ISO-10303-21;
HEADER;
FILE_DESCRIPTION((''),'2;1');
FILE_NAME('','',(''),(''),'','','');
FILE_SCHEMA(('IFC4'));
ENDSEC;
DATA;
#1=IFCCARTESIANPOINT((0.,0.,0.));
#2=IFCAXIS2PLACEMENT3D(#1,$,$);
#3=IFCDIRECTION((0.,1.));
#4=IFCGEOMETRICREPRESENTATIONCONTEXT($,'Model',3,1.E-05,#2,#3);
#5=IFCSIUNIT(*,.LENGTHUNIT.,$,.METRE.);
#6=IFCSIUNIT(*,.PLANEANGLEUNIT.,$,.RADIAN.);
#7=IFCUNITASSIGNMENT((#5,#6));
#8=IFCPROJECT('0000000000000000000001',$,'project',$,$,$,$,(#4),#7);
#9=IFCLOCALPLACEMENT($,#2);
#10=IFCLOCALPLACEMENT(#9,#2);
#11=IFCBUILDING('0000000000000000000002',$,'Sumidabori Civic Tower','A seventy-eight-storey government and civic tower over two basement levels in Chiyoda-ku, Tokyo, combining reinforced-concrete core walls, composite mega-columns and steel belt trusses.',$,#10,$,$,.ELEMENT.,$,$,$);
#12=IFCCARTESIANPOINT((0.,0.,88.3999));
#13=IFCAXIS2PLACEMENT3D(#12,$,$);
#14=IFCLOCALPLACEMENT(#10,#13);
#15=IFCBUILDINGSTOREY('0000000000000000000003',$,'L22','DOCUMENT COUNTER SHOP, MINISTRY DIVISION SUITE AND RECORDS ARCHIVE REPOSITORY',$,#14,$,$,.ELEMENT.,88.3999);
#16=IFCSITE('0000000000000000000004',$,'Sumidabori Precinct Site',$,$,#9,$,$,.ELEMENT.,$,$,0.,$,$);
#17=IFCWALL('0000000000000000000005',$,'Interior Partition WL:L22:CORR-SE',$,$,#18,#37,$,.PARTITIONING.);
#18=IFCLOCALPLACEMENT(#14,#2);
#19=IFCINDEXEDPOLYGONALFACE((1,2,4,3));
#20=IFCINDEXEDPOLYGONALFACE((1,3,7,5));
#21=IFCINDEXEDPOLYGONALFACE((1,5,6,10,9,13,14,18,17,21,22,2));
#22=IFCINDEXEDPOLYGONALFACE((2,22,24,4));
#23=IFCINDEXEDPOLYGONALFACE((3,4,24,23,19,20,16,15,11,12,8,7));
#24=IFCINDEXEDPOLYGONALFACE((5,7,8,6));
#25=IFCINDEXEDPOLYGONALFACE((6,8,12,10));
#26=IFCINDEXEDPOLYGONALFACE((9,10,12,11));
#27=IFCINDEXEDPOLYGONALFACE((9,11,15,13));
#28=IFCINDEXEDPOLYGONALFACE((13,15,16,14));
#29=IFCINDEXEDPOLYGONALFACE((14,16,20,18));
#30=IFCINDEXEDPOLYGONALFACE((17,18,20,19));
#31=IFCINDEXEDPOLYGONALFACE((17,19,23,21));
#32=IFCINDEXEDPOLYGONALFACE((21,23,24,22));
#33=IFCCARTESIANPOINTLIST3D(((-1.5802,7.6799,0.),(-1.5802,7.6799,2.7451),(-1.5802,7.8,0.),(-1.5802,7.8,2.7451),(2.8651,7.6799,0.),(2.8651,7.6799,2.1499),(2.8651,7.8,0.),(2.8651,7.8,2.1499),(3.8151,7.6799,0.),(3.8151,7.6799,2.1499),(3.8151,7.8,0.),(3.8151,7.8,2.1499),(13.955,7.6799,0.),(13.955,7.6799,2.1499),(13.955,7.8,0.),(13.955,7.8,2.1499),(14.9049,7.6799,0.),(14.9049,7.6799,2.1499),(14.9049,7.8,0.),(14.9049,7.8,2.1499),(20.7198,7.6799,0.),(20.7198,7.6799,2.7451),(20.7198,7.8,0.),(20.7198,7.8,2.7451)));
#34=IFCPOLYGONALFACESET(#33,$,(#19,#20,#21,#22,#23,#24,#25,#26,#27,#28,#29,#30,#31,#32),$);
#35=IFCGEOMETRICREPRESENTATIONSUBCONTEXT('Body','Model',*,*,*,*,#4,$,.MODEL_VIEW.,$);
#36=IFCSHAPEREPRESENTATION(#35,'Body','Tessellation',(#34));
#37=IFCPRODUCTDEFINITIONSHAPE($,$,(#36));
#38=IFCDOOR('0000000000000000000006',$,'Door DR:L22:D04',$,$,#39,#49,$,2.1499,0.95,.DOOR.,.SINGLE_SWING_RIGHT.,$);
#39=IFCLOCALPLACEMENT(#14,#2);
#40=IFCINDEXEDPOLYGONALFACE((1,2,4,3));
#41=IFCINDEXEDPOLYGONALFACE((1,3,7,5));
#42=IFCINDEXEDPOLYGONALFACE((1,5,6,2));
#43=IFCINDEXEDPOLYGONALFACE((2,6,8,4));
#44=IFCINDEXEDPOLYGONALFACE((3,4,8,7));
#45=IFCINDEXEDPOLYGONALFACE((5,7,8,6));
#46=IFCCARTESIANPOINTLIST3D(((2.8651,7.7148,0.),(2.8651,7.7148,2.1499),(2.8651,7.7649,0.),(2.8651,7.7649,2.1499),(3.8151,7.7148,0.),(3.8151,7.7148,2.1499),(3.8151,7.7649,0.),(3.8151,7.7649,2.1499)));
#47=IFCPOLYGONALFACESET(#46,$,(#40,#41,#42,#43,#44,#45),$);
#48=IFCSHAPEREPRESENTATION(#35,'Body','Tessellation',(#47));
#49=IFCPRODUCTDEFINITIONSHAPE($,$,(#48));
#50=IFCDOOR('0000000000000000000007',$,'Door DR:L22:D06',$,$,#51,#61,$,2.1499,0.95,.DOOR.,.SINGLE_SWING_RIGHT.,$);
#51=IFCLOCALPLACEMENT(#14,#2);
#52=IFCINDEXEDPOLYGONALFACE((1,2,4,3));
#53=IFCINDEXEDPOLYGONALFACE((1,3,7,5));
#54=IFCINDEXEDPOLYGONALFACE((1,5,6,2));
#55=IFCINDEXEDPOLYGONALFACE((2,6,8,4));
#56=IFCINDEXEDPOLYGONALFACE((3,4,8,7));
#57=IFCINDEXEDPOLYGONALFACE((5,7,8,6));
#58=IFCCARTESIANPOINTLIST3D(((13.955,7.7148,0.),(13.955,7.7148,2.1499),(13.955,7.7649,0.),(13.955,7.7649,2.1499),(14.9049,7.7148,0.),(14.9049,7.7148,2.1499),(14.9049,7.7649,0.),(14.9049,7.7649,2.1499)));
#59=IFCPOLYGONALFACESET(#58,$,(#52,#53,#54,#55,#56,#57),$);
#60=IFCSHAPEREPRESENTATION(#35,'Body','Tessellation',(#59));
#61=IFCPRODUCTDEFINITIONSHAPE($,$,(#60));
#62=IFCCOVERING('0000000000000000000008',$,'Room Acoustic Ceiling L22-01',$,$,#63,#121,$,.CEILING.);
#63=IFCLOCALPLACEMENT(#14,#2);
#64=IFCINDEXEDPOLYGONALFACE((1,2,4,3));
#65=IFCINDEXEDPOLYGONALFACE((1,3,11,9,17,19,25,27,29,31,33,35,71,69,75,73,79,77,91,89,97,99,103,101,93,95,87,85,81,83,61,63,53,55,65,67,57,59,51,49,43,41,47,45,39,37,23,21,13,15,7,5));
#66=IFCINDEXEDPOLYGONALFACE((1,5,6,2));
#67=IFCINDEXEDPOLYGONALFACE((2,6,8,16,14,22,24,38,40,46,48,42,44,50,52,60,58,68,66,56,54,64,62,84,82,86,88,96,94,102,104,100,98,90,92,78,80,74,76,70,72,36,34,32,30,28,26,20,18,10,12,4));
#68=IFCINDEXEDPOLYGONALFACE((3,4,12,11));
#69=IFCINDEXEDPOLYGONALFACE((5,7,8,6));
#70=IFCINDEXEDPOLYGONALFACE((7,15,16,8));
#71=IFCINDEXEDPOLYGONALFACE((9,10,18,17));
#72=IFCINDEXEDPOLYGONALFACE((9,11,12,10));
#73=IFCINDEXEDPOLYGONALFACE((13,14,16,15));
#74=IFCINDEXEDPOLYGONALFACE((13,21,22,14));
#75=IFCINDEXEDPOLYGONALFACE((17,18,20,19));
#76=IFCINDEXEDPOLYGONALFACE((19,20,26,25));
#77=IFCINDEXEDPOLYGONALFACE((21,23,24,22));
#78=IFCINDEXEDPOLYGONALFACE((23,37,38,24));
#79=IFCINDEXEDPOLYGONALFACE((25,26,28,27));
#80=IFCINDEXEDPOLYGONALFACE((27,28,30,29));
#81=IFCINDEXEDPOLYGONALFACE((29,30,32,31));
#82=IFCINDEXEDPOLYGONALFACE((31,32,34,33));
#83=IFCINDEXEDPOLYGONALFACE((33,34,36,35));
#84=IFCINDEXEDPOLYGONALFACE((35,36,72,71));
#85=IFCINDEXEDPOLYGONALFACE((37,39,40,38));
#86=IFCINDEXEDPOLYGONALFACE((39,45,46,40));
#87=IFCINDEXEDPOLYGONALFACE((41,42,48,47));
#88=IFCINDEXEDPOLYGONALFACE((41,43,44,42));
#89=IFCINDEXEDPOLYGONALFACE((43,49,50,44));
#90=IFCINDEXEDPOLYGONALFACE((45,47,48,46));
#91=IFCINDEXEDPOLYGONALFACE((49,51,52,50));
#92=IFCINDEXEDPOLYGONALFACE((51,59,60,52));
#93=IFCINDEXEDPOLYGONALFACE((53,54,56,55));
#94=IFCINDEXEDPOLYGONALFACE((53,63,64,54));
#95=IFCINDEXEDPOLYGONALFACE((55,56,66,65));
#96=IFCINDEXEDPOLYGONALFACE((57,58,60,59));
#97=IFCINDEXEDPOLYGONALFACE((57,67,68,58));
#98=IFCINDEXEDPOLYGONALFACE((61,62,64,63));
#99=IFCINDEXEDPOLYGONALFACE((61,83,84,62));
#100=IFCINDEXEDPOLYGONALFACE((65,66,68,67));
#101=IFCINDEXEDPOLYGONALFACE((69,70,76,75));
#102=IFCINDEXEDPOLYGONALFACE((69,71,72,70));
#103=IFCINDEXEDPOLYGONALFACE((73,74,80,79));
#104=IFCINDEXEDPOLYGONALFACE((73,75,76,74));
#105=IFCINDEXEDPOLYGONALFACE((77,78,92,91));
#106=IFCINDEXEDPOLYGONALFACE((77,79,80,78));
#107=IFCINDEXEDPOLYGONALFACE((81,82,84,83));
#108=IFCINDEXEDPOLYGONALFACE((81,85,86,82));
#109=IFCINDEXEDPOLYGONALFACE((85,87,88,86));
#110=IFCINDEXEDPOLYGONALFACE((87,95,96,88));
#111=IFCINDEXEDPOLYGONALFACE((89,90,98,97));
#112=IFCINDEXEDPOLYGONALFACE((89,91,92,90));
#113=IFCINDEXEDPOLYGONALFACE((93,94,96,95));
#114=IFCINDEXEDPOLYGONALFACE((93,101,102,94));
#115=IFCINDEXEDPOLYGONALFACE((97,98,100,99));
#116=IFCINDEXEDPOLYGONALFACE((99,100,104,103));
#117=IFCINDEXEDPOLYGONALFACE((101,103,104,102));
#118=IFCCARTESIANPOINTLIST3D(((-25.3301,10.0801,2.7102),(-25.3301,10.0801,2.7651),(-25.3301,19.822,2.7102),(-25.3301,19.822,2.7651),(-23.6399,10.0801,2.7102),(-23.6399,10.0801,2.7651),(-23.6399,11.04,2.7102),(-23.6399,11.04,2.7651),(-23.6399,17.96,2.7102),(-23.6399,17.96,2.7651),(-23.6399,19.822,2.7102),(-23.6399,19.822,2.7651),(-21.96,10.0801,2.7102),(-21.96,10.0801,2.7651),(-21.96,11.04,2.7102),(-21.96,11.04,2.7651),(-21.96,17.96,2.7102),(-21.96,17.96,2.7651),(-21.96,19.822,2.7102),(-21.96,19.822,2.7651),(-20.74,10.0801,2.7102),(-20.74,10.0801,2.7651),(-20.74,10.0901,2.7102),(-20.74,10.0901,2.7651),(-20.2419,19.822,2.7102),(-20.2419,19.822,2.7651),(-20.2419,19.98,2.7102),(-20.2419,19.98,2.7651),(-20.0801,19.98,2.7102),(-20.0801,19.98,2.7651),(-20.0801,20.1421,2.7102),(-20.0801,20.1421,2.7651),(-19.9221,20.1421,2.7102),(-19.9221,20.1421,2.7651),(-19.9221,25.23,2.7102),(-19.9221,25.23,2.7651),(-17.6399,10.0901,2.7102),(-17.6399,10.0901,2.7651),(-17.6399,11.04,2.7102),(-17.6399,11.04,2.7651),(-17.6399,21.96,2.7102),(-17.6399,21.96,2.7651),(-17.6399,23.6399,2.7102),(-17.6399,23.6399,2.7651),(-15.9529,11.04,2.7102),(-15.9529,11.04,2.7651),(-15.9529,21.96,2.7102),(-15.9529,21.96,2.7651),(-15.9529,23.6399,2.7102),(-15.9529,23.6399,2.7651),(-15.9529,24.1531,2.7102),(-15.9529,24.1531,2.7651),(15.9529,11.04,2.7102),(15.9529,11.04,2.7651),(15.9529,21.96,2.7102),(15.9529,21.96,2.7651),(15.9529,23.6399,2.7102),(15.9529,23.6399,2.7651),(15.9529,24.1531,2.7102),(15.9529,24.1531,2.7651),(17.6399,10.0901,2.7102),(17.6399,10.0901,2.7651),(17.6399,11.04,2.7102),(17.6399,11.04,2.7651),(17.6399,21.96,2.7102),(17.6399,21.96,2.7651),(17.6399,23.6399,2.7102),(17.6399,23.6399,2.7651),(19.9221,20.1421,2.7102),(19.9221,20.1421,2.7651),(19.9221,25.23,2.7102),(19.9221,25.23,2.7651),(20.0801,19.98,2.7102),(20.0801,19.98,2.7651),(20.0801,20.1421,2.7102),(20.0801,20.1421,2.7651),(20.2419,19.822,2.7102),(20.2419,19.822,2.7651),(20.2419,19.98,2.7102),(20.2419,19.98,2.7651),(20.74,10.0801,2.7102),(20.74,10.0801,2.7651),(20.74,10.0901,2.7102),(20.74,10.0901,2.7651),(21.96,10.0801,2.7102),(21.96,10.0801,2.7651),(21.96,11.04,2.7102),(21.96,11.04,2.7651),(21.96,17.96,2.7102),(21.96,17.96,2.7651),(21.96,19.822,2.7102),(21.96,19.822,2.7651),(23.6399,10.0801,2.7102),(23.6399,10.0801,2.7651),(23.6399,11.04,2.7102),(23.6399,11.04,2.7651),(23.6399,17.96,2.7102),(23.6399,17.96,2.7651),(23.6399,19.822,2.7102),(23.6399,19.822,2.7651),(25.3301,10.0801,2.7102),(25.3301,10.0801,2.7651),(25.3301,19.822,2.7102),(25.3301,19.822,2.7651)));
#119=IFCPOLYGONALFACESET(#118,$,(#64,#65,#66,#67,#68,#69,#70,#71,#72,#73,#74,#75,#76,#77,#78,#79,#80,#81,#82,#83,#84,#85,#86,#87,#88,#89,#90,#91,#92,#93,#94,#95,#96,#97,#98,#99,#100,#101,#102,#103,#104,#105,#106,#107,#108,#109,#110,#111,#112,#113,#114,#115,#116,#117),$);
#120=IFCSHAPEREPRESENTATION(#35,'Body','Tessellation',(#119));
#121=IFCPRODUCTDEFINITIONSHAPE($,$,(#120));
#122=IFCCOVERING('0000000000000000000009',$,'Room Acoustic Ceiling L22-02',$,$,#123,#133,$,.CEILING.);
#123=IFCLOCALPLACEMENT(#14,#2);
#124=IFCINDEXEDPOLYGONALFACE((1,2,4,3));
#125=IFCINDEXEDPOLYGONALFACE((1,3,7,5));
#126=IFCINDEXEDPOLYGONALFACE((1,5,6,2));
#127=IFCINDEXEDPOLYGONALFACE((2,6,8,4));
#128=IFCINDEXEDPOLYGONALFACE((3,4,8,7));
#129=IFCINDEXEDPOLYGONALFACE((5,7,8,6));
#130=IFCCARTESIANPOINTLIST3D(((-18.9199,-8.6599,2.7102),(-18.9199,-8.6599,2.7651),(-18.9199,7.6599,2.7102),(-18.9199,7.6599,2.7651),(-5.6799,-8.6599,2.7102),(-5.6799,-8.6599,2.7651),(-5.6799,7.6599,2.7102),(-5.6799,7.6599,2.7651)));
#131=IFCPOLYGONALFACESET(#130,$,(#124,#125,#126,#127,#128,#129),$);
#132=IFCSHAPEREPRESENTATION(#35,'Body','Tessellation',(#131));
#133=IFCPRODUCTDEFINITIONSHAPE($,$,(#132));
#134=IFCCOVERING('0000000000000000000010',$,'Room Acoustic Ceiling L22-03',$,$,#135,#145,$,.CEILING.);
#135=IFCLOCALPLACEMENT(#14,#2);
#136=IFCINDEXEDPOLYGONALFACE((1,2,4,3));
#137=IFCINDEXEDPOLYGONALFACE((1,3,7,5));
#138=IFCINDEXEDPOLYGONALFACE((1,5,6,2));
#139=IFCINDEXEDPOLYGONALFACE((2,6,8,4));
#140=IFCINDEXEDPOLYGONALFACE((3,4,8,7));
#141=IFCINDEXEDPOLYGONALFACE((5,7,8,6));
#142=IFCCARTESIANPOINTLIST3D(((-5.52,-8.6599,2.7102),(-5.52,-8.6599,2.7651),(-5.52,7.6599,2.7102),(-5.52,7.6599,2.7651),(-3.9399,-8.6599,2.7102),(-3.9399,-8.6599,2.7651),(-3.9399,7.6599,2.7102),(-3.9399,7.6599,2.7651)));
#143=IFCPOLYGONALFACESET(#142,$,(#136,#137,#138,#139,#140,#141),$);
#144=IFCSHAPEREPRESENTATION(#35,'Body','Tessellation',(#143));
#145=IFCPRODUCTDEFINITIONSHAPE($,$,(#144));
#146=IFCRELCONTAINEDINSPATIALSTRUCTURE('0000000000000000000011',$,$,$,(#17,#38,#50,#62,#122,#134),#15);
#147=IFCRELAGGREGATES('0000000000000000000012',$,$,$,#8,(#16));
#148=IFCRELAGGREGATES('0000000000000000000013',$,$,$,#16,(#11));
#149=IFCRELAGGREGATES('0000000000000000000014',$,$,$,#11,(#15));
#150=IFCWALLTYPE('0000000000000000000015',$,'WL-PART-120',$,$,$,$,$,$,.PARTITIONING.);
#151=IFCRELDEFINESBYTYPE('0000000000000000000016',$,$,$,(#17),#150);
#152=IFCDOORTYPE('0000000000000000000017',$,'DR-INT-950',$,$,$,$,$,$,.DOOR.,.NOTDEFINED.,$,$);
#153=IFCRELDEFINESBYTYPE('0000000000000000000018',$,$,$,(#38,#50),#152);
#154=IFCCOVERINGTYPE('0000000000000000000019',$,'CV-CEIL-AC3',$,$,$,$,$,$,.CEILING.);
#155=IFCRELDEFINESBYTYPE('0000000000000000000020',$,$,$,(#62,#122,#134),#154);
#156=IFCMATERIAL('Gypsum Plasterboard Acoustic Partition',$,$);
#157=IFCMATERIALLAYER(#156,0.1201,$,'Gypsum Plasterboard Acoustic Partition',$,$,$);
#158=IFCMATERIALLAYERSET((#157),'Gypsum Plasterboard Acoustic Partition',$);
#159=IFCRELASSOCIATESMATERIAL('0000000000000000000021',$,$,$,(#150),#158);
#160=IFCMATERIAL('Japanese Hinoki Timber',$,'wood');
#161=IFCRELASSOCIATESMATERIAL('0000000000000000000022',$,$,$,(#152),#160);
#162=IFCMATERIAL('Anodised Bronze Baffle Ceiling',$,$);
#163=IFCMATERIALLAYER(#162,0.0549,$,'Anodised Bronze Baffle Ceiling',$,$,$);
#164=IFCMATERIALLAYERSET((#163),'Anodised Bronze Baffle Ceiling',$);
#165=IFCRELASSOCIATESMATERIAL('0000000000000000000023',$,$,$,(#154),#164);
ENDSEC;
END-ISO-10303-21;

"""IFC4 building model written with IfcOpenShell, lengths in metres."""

from ifc_helpers import new_model, si_unit, direction, frame, frame_2d, origin, place, context, subcontext, project, spatial, polyline, rectangle, outline, extrude, source, transform, mapped, material, layer, layer_set, type_object, element, fill, save


model = new_model("IFC4")

# Units and contexts
model_context = context("Model", 3, precision=1e-05, world=origin(), true_north=direction((0.0, 1.0)))
body_context = subcontext(model_context, "Body", "Model", "MODEL_VIEW")
ifc_project = project(units=[si_unit("LENGTHUNIT", "METRE"), si_unit("PLANEANGLEUNIT", "RADIAN")], contexts=[model_context])

# Site, building, storey
site_placement = place(None, origin())
site = spatial("IfcSite", under=ifc_project, at=site_placement, Name="Sumidabori Precinct Site", CompositionType="ELEMENT", RefElevation=0.0)
building_placement = place(site_placement, origin())
building = spatial("IfcBuilding", under=site, at=building_placement, Name="Sumidabori Civic Tower", Description="A seventy-eight-storey government and civic tower over two basement levels in Chiyoda-ku, Tokyo, combining reinforced-concrete core walls, composite mega-columns and steel belt trusses.", CompositionType="ELEMENT")
storey_placement = place(building_placement, frame((0.0, 0.0, 88.3999)))
storey = spatial("IfcBuildingStorey", under=building, at=storey_placement, Name="L22", Description="DOCUMENT COUNTER SHOP, MINISTRY DIVISION SUITE AND RECORDS ARCHIVE REPOSITORY", CompositionType="ELEMENT", Elevation=88.3999)

# Shared definitions
ifc_material_1 = material(Name="Japanese Hinoki Timber", Category="wood")

# Wall, openings, doors
ifc_material_2 = material(Name="Gypsum Plasterboard Acoustic Partition")
ifc_layer_1 = layer(ifc_material_2, 0.1201, Name="Gypsum Plasterboard Acoustic Partition")
ifc_layer_set_1 = layer_set([ifc_layer_1], Name="Gypsum Plasterboard Acoustic Partition")
wall_type_1 = type_object("IfcWallType", Name="WL-PART-120", PredefinedType="PARTITIONING", material=ifc_layer_set_1)
shared_shape_1 = source(origin(), body_context, "Body", "SweptSolid", [
    extrude(rectangle(XDim=22.3, YDim=0.1201, at=frame_2d((11.1499, 0.0))), origin(), (0.0, 0.0, 1.0), 2.7451),
])
wall_1_placement = place(storey_placement, frame((-1.5801, 7.74, 0.0), z_axis=(0.0, 0.0, 1.0), x_axis=(1.0, 0.0, 0.0)))
wall_1 = element("IfcWall", 1, at=wall_1_placement, inside=storey, type_object=wall_type_1, Name="Interior Partition WL:L22:CORR-SE", PredefinedType="PARTITIONING", context=body_context, shape_type="MappedRepresentation", body=[
    mapped(shared_shape_1, transform((0.0, 0.0, 0.0), x_axis=(1.0, 0.0, 0.0), y_axis=(0.0, 1.0, 0.0), z_axis=(0.0, 0.0, 1.0), scale=1.0)),
])
opening_1_placement = place(wall_1_placement, frame((4.4451, 0.0, 0.0)))
opening_1 = element("IfcOpeningElement", 2, at=opening_1_placement, cuts=wall_1, PredefinedType="OPENING", context=body_context, shape_type="SweptSolid", body=[
    extrude(rectangle(XDim=0.95, YDim=2.1499, at=frame_2d((0.4751, 1.075))), frame((0.0, 0.072, 0.0), z_axis=(0.0, -1.0, 0.0), x_axis=(1.0, 0.0, 0.0)), (0.0, 0.0, 1.0), 0.144),
])
opening_2_placement = place(wall_1_placement, frame((15.5349, 0.0, 0.0)))
opening_2 = element("IfcOpeningElement", 3, at=opening_2_placement, cuts=wall_1, PredefinedType="OPENING", context=body_context, shape_type="SweptSolid", body=[
    extrude(rectangle(XDim=0.95, YDim=2.1499, at=frame_2d((0.4751, 1.075))), frame((0.0, 0.072, 0.0), z_axis=(0.0, -1.0, 0.0), x_axis=(1.0, 0.0, 0.0)), (0.0, 0.0, 1.0), 0.144),
])
door_type_1 = type_object("IfcDoorType", Name="DR-INT-950", OperationType="NOTDEFINED", PredefinedType="DOOR", material=ifc_material_1)
shared_shape_2 = source(origin(), body_context, "Body", "SweptSolid", [
    extrude(rectangle(XDim=0.95, YDim=2.1499, at=frame_2d((0.4751, 1.075))), frame((0.0, 0.0249, 0.0), z_axis=(0.0, -1.0, 0.0), x_axis=(1.0, 0.0, 0.0)), (0.0, 0.0, 1.0), 0.05),
])
door_1_placement = place(opening_1_placement, origin())
door_1 = element("IfcDoor", 4, at=door_1_placement, inside=storey, type_object=door_type_1, Name="Door DR:L22:D04", OperationType="SINGLE_SWING_RIGHT", OverallHeight=2.1499, OverallWidth=0.95, PredefinedType="DOOR", context=body_context, shape_type="MappedRepresentation", body=[
    mapped(shared_shape_2, transform((0.0, 0.0, 0.0), x_axis=(1.0, 0.0, 0.0), y_axis=(0.0, 1.0, 0.0), z_axis=(0.0, 0.0, 1.0), scale=1.0)),
])
fill(opening_1, door_1)
door_2_placement = place(opening_2_placement, origin())
door_2 = element("IfcDoor", 5, at=door_2_placement, inside=storey, type_object=door_type_1, Name="Door DR:L22:D06", OperationType="SINGLE_SWING_RIGHT", OverallHeight=2.1499, OverallWidth=0.95, PredefinedType="DOOR", context=body_context, shape_type="MappedRepresentation", body=[
    mapped(shared_shape_2, transform((0.0, 0.0, 0.0), x_axis=(1.0, 0.0, 0.0), y_axis=(0.0, 1.0, 0.0), z_axis=(0.0, 0.0, 1.0), scale=1.0)),
])
fill(opening_2, door_2)

# Coverings
ifc_material_3 = material(Name="Anodised Bronze Baffle Ceiling")
ifc_layer_2 = layer(ifc_material_3, 0.0549, Name="Anodised Bronze Baffle Ceiling")
ifc_layer_set_2 = layer_set([ifc_layer_2], Name="Anodised Bronze Baffle Ceiling")
covering_type_1 = type_object("IfcCoveringType", Name="CV-CEIL-AC3", PredefinedType="CEILING", material=ifc_layer_set_2)
covering_1_placement = place(storey_placement, frame((0.0, 0.0, 2.7102)))
element("IfcCovering", 6, at=covering_1_placement, inside=storey, type_object=covering_type_1, Name="Room Acoustic Ceiling L22-01", PredefinedType="CEILING", context=body_context, shape_type="SweptSolid", body=[
    extrude(outline(polyline([(-25.3301, 10.0801), (-25.3301, 19.822), (-23.6399, 19.822), (-23.6399, 17.96), (-21.96, 17.96), (-21.96, 19.822), (-20.2419, 19.822), (-20.2419, 19.98), (-20.0801, 19.98), (-20.0801, 20.1421), (-19.9221, 20.1421), (-19.9221, 25.23), (19.9221, 25.23), (19.9221, 20.1421), (20.0801, 20.1421), (20.0801, 19.98), (20.2419, 19.98), (20.2419, 19.822), (21.96, 19.822), (21.96, 17.96), (23.6399, 17.96), (23.6399, 19.822), (25.3301, 19.822), (25.3301, 10.0801), (23.6399, 10.0801), (23.6399, 11.04), (21.96, 11.04), (21.96, 10.0801), (20.74, 10.0801), (20.74, 10.0901), (17.6399, 10.0901), (17.6399, 11.04), (15.9529, 11.04), (15.9529, 21.96), (17.6399, 21.96), (17.6399, 23.6399), (15.9529, 23.6399), (15.9529, 24.1531), (-15.9529, 24.1531), (-15.9529, 23.6399), (-17.6399, 23.6399), (-17.6399, 21.96), (-15.9529, 21.96), (-15.9529, 11.04), (-17.6399, 11.04), (-17.6399, 10.0901), (-20.74, 10.0901), (-20.74, 10.0801), (-21.96, 10.0801), (-21.96, 11.04), (-23.6399, 11.04), (-23.6399, 10.0801), (-25.3301, 10.0801)])), origin(), (0.0, 0.0, 1.0), 0.0549),
])
covering_2_placement = place(storey_placement, frame((0.0, 0.0, 2.7102)))
element("IfcCovering", 7, at=covering_2_placement, inside=storey, type_object=covering_type_1, Name="Room Acoustic Ceiling L22-02", PredefinedType="CEILING", context=body_context, shape_type="SweptSolid", body=[
    extrude(outline(polyline([(-18.9199, 7.6599), (-5.6799, 7.6599), (-5.6799, -8.6599), (-18.9199, -8.6599), (-18.9199, 7.6599)])), origin(), (0.0, 0.0, 1.0), 0.0549),
])
covering_3_placement = place(storey_placement, frame((0.0, 0.0, 2.7102)))
element("IfcCovering", 8, at=covering_3_placement, inside=storey, type_object=covering_type_1, Name="Room Acoustic Ceiling L22-03", PredefinedType="CEILING", context=body_context, shape_type="SweptSolid", body=[
    extrude(outline(polyline([(-5.52, 7.6599), (-3.9399, 7.6599), (-3.9399, -8.6599), (-5.52, -8.6599), (-5.52, 7.6599)])), origin(), (0.0, 0.0, 1.0), 0.0549),
])

save(model, "model.ifc")
